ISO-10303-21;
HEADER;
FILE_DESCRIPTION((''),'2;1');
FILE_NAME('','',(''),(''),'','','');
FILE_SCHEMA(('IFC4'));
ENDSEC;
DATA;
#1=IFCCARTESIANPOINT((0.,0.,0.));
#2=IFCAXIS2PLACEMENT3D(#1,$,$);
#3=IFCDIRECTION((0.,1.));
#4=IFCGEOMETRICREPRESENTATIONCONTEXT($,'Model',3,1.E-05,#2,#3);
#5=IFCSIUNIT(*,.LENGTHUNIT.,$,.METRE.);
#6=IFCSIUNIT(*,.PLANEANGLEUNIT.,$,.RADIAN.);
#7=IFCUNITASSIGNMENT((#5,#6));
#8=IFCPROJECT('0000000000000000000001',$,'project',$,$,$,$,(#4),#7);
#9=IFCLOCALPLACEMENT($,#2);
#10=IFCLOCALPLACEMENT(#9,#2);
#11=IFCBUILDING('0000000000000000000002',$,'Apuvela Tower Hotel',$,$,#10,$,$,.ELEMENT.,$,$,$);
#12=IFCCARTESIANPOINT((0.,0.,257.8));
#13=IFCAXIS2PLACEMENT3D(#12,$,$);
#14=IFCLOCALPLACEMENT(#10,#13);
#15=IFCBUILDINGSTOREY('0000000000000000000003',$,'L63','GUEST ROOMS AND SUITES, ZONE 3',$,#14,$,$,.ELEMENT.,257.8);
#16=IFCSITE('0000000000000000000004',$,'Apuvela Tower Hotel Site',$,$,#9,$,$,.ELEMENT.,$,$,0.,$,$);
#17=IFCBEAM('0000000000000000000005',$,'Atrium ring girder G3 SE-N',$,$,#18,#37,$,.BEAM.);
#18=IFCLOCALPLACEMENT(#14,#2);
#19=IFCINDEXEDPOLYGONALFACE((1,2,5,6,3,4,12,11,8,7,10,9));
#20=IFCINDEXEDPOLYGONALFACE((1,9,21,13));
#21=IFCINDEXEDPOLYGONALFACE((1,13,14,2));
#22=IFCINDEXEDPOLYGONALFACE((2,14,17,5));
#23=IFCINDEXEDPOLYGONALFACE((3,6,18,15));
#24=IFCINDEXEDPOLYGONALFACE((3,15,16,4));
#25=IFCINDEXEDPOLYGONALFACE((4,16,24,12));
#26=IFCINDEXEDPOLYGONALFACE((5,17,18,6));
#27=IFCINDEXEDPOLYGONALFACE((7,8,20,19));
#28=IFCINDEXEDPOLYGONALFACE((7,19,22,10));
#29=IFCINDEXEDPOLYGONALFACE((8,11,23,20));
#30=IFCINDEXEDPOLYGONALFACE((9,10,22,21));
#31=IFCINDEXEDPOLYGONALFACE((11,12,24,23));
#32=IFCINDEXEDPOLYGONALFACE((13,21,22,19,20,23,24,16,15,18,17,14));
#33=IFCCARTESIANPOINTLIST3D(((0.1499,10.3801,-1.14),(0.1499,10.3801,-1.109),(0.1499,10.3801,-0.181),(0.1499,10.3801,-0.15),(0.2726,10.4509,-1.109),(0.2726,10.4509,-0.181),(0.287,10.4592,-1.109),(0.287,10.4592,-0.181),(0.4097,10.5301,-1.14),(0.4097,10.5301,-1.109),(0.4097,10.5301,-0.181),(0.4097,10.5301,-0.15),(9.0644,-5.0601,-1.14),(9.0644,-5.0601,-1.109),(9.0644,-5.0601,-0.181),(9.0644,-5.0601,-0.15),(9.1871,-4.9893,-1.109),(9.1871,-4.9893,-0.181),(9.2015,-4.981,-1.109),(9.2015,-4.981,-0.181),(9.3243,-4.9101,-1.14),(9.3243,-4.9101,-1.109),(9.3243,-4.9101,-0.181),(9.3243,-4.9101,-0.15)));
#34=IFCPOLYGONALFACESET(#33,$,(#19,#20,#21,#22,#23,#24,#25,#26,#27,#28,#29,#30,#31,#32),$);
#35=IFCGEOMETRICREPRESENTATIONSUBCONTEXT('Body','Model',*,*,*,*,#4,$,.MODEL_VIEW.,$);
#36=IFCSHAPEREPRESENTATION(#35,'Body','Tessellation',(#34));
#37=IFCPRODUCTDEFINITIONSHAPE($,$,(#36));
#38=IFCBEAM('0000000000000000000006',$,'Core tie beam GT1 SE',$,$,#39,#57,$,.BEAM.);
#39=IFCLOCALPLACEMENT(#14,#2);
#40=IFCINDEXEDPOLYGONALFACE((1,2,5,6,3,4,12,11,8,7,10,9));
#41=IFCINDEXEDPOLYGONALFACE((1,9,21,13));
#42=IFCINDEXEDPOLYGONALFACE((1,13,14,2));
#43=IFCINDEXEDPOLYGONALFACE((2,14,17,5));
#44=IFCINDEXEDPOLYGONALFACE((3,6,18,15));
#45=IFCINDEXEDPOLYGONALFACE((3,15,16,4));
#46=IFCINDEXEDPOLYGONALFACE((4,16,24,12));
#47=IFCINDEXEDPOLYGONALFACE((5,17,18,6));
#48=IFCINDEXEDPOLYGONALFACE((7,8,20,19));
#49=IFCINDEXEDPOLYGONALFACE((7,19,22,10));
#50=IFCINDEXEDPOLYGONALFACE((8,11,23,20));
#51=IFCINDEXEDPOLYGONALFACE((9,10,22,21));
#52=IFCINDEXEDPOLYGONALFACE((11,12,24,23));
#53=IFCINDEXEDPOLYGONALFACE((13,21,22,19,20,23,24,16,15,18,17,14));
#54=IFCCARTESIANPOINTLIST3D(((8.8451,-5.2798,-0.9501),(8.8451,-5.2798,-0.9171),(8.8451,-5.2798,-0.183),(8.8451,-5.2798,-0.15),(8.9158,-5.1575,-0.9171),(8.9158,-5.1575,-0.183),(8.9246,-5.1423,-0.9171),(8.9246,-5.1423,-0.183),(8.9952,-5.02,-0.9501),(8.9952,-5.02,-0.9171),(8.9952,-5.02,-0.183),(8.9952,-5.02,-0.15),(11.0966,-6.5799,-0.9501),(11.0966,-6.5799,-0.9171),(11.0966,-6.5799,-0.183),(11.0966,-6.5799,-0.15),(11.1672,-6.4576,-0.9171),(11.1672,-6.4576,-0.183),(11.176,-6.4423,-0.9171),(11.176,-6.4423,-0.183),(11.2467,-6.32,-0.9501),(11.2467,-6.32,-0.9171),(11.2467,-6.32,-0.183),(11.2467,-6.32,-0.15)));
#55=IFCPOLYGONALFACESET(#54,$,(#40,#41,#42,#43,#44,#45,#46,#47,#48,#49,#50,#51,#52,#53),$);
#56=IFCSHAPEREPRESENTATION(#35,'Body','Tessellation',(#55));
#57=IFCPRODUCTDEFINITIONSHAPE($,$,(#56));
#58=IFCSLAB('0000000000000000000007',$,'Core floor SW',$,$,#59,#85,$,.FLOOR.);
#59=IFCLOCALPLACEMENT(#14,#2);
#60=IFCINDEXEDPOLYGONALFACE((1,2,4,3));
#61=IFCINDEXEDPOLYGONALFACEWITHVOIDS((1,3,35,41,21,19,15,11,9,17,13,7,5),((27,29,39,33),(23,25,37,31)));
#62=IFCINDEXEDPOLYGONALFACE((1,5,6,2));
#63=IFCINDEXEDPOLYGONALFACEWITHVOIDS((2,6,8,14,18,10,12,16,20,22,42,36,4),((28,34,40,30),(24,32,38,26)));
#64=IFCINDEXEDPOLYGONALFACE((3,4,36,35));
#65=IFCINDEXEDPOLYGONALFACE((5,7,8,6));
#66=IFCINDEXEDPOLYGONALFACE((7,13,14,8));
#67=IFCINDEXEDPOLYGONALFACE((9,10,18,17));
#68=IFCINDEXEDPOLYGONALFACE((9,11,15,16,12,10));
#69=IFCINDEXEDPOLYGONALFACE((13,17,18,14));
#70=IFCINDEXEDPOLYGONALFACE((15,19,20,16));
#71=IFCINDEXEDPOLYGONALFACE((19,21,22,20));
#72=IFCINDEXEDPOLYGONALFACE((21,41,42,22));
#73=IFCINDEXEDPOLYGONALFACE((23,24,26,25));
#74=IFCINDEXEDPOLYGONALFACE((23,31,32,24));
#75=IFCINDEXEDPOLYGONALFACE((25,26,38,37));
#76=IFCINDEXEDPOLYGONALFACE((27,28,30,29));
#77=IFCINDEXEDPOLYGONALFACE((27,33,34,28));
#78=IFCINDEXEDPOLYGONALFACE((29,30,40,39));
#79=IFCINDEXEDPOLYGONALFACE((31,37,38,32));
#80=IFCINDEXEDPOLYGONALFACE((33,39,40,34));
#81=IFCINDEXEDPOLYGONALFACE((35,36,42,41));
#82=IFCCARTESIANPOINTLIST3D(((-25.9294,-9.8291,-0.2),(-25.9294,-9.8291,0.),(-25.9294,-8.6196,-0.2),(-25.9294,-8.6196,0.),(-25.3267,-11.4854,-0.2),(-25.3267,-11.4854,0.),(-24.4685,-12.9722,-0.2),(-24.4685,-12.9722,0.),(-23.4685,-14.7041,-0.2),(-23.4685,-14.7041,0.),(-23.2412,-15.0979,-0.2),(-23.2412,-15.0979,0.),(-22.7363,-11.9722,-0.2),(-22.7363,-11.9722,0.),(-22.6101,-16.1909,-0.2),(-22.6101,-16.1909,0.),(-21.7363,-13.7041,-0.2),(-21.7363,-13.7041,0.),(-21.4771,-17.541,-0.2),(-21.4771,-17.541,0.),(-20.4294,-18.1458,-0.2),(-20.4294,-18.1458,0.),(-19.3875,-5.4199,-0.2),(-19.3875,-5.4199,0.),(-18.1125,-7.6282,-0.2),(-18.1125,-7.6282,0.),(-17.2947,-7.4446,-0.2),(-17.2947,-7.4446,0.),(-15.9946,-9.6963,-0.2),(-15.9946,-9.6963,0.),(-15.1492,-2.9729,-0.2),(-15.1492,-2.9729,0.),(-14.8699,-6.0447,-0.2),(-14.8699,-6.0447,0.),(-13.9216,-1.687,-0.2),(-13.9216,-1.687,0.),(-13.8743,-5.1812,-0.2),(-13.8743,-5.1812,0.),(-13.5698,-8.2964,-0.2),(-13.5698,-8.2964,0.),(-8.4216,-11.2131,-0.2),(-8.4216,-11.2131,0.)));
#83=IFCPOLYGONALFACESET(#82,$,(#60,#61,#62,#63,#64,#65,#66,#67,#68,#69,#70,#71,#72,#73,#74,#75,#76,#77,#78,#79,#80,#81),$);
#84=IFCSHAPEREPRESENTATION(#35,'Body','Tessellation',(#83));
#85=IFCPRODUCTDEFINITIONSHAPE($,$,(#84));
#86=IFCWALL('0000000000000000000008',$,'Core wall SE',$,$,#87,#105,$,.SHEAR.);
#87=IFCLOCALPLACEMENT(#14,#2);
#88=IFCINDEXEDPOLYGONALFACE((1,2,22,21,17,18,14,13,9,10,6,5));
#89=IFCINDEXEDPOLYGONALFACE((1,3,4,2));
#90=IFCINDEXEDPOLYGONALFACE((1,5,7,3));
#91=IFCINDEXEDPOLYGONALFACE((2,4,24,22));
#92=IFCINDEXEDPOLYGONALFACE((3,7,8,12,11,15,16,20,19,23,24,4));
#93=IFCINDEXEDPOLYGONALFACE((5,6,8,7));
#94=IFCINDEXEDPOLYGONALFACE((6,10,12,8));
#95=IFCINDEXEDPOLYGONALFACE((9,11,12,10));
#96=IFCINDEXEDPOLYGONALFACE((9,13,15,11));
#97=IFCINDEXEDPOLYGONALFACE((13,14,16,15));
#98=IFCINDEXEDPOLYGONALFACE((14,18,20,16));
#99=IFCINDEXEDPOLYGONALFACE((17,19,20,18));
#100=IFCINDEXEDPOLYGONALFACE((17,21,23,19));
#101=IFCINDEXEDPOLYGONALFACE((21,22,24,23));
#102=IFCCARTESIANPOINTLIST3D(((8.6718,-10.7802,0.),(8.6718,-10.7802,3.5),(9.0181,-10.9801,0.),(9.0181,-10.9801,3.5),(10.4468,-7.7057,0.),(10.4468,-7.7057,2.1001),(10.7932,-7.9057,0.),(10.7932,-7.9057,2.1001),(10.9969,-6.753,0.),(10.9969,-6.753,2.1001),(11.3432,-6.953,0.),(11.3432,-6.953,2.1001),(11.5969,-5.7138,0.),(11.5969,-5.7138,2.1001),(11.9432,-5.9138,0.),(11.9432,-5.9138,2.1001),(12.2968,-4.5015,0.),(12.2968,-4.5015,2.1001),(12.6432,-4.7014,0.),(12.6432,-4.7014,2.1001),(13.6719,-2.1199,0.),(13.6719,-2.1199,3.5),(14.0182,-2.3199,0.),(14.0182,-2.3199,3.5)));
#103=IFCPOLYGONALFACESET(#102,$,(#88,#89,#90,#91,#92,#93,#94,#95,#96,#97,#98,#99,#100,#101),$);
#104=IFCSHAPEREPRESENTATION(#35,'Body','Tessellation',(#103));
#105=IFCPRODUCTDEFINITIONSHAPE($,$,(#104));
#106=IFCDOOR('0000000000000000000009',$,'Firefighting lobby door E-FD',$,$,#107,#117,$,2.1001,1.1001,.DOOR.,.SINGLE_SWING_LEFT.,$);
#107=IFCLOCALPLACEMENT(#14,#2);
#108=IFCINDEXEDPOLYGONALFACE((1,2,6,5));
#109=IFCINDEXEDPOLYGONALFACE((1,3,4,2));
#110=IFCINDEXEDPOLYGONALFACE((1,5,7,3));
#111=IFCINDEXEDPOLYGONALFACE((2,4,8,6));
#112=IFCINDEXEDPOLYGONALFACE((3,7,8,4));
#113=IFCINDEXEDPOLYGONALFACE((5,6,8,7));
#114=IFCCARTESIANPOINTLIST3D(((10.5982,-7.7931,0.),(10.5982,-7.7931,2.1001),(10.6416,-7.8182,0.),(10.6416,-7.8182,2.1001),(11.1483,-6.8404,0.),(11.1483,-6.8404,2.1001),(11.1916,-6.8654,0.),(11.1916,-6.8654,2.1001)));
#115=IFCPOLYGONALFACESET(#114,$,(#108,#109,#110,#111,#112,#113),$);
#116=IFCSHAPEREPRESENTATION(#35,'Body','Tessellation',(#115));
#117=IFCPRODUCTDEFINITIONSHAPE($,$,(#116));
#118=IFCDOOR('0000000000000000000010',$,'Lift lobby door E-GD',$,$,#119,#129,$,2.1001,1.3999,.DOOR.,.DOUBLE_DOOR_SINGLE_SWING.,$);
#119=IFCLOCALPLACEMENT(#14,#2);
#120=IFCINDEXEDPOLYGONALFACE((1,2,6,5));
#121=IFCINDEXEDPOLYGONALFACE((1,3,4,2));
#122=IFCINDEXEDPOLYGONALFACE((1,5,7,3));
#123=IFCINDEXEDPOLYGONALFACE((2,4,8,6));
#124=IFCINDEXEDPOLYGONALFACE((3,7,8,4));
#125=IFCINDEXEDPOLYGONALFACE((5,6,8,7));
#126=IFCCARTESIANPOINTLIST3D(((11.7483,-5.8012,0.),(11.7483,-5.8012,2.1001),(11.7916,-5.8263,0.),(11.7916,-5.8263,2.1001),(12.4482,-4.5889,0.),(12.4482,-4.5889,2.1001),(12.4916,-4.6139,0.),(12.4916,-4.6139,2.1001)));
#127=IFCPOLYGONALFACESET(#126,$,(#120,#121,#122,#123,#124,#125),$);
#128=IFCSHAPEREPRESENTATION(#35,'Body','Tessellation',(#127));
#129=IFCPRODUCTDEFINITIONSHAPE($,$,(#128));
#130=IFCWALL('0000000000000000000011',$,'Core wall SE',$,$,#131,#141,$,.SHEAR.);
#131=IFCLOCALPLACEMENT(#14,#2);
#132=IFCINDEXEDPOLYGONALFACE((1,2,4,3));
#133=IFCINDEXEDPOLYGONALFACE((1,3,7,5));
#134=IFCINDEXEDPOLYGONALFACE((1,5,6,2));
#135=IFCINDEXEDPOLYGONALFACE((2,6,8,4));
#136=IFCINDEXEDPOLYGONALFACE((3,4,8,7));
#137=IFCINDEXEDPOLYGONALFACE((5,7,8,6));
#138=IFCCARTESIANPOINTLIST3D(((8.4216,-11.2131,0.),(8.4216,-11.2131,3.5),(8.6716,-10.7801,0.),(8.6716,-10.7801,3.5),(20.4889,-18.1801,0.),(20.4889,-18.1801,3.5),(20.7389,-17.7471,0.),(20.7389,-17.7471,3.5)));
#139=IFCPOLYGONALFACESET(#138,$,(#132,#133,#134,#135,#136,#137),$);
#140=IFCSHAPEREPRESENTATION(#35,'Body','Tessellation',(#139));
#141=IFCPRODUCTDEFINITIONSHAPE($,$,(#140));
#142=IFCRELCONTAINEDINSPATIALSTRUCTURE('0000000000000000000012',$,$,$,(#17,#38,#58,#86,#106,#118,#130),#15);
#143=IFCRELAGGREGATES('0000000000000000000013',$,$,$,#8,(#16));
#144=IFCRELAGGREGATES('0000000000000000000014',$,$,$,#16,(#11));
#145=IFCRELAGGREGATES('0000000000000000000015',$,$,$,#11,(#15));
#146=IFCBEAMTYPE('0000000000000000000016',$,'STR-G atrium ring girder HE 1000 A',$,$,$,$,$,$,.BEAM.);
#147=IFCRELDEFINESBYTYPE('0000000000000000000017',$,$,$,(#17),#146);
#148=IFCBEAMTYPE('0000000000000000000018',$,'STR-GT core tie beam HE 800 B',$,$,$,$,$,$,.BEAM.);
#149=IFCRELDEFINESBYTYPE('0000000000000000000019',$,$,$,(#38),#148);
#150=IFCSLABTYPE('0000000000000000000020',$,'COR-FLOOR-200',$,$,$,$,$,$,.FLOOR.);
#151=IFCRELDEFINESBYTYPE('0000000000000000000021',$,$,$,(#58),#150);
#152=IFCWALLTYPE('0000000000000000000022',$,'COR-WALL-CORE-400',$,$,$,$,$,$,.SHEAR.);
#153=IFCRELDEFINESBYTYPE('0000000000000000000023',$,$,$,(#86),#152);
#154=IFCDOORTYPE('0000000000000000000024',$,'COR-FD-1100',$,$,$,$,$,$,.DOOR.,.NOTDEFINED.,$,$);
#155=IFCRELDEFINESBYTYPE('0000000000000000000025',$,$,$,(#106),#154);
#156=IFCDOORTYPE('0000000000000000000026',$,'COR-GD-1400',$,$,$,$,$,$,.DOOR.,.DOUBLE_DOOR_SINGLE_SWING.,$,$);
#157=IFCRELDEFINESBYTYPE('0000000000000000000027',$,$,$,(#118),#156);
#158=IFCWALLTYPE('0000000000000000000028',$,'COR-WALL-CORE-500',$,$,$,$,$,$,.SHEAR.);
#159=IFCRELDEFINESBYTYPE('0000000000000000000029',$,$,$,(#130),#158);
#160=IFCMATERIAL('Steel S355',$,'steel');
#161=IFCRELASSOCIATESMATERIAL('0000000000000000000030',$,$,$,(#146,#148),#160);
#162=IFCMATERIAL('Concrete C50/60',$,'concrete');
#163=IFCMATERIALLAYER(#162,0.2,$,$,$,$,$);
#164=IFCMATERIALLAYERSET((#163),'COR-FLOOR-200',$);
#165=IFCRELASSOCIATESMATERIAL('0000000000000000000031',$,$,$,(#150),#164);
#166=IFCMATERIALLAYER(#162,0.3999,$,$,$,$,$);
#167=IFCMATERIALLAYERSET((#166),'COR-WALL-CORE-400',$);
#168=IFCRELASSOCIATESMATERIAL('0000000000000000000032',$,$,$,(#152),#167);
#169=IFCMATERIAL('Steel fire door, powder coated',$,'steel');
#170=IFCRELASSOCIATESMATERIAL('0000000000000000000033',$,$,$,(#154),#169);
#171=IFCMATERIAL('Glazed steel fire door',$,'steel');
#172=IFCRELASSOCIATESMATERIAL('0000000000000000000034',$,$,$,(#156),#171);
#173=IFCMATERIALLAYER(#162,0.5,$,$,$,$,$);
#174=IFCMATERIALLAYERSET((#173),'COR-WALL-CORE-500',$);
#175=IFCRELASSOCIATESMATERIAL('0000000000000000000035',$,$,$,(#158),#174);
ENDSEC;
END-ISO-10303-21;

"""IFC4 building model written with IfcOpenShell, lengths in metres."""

from ifc_helpers import new_model, si_unit, direction, frame, frame_2d, origin, origin_2d, place, context, subcontext, project, spatial, polyline, rectangle, i_section, outline, extrude, material, layer, layer_set, material_profile, profile_set, type_object, element, fill, save


model = new_model("IFC4")

# Units and contexts
model_context = context("Model", 3, precision=1e-05, world=origin(), true_north=direction((0.0, 1.0)))
body_context = subcontext(model_context, "Body", "Model", "MODEL_VIEW")
ifc_project = project(units=[si_unit("LENGTHUNIT", "METRE"), si_unit("PLANEANGLEUNIT", "RADIAN")], contexts=[model_context])

# Site, building, storey
site_placement = place(None, origin())
site = spatial("IfcSite", under=ifc_project, at=site_placement, Name="Apuvela Tower Hotel Site", CompositionType="ELEMENT", RefElevation=0.0)
building_placement = place(site_placement, origin())
building = spatial("IfcBuilding", under=site, at=building_placement, Name="Apuvela Tower Hotel", CompositionType="ELEMENT")
storey_placement = place(building_placement, frame((0.0, 0.0, 257.8)))
storey = spatial("IfcBuildingStorey", under=building, at=storey_placement, Name="L63", Description="GUEST ROOMS AND SUITES, ZONE 3", CompositionType="ELEMENT", Elevation=257.8)

# Beams
ifc_material_1 = material(Name="Steel S355", Category="steel")
ifc_material_profile_1 = material_profile(ifc_material_1, i_section(OverallWidth=0.3, OverallDepth=0.99, WebThickness=0.0166, FlangeThickness=0.031, at=origin_2d()), Name="HE 1000 A")
ifc_profile_set_1 = profile_set([ifc_material_profile_1], Name="Steel S355")
beam_type_1 = type_object("IfcBeamType", Name="STR-G atrium ring girder HE 1000 A", PredefinedType="BEAM", material=ifc_profile_set_1)
beam_1_placement = place(storey_placement, frame((9.1943, -4.9851, -0.645), z_axis=(-0.500007, 0.866022, 0.0), x_axis=(-0.866022, -0.500007, 0.0)))
element("IfcBeam", 1, at=beam_1_placement, inside=storey, type_object=beam_type_1, Name="Atrium ring girder G3 SE-N", PredefinedType="BEAM", context=body_context, shape_type="SweptSolid", body=[
    extrude(i_section(OverallWidth=0.3, OverallDepth=0.99, WebThickness=0.0166, FlangeThickness=0.031, at=origin_2d()), origin(), (0.0, 0.0, 1.0), 17.8289),
])
ifc_material_profile_2 = material_profile(ifc_material_1, i_section(OverallWidth=0.3, OverallDepth=0.8, WebThickness=0.0176, FlangeThickness=0.033, at=origin_2d()), Name="HE 800 B")
ifc_profile_set_2 = profile_set([ifc_material_profile_2], Name="Steel S355")
beam_type_2 = type_object("IfcBeamType", Name="STR-GT core tie beam HE 800 B", PredefinedType="BEAM", material=ifc_profile_set_2)
beam_2_placement = place(storey_placement, frame((11.1716, -6.45, -0.55), z_axis=(-0.865998, 0.500048, 0.0), x_axis=(-0.500048, -0.865998, 0.0)))
element("IfcBeam", 2, at=beam_2_placement, inside=storey, type_object=beam_type_2, Name="Core tie beam GT1 SE", PredefinedType="BEAM", context=body_context, shape_type="SweptSolid", body=[
    extrude(i_section(OverallWidth=0.3, OverallDepth=0.8, WebThickness=0.0176, FlangeThickness=0.033, at=origin_2d()), origin(), (0.0, 0.0, 1.0), 2.5999),
])

# Slab
ifc_material_2 = material(Name="Concrete C50/60", Category="concrete")
ifc_layer_1 = layer(ifc_material_2, 0.2)
ifc_layer_set_1 = layer_set([ifc_layer_1], Name="COR-FLOOR-200")
slab_type = type_object("IfcSlabType", Name="COR-FLOOR-200", PredefinedType="FLOOR", material=ifc_layer_set_1)
slab_placement = place(storey_placement, frame((0.0, 0.0, -0.2)))
element("IfcSlab", 3, at=slab_placement, inside=storey, type_object=slab_type, Name="Core floor SW", PredefinedType="FLOOR", context=body_context, shape_type="SweptSolid", body=[
    extrude(outline(polyline([(-25.9294, -8.6196), (-25.9294, -9.8291), (-25.3267, -11.4854), (-24.4685, -12.9722), (-22.7363, -11.9722), (-21.7363, -13.7041), (-23.4685, -14.7041), (-23.2412, -15.0979), (-22.6101, -16.1909), (-21.4771, -17.541), (-20.4294, -18.1458), (-8.4216, -11.2131), (-13.9216, -1.687), (-25.9294, -8.6196)]), holes=[polyline([(-13.8743, -5.1812), (-18.1125, -7.6282), (-19.3875, -5.4199), (-15.1492, -2.9729), (-13.8743, -5.1812)]), polyline([(-13.5698, -8.2964), (-15.9946, -9.6963), (-17.2947, -7.4446), (-14.8699, -6.0447), (-13.5698, -8.2964)])]), origin(), (0.0, 0.0, 1.0), 0.2),
])

# Wall, openings, doors
ifc_layer_2 = layer(ifc_material_2, 0.3999)
ifc_layer_set_2 = layer_set([ifc_layer_2], Name="COR-WALL-CORE-400")
wall_type_1 = type_object("IfcWallType", Name="COR-WALL-CORE-400", PredefinedType="SHEAR", material=ifc_layer_set_2)
wall_1_placement = place(storey_placement, frame((8.845, -10.8801, 0.0), z_axis=(0.0, 0.0, 1.0), x_axis=(0.500004, 0.866023, 0.0)))
wall_1 = element("IfcWall", 4, at=wall_1_placement, inside=storey, type_object=wall_type_1, Name="Core wall SE", PredefinedType="SHEAR", context=body_context, shape_type="SweptSolid", body=[
    extrude(rectangle(XDim=10.0, YDim=0.3999, at=frame_2d((5.0, 0.0))), origin(), (0.0, 0.0, 1.0), 3.5),
])
opening_1_placement = place(wall_1_placement, frame((3.55, 0.0, 0.0)))
opening_1 = element("IfcOpeningElement", 5, at=opening_1_placement, cuts=wall_1, PredefinedType="OPENING", context=body_context, shape_type="SweptSolid", body=[
    extrude(rectangle(XDim=1.1001, YDim=2.1001, at=frame_2d((0.55, 1.05))), frame((0.0, 0.21, 0.0), z_axis=(0.0, -1.0, 0.0), x_axis=(1.0, 0.0, 0.0)), (0.0, 0.0, 1.0), 0.4199),
])
opening_2_placement = place(wall_1_placement, frame((5.8501, 0.0, 0.0)))
opening_2 = element("IfcOpeningElement", 6, at=opening_2_placement, cuts=wall_1, PredefinedType="OPENING", context=body_context, shape_type="SweptSolid", body=[
    extrude(rectangle(XDim=1.3999, YDim=2.1001, at=frame_2d((0.7, 1.05))), frame((0.0, 0.21, 0.0), z_axis=(0.0, -1.0, 0.0), x_axis=(1.0, 0.0, 0.0)), (0.0, 0.0, 1.0), 0.4199),
])
ifc_material_3 = material(Name="Steel fire door, powder coated", Category="steel")
door_type_1 = type_object("IfcDoorType", Name="COR-FD-1100", OperationType="NOTDEFINED", PredefinedType="DOOR", material=ifc_material_3)
door_1_placement = place(opening_1_placement, frame((1.1001, 0.0, 0.0), z_axis=(0.0, 0.0, 1.0), x_axis=(-1.0, 0.0, 0.0)))
door_1 = element("IfcDoor", 7, at=door_1_placement, inside=storey, type_object=door_type_1, Name="Firefighting lobby door E-FD", OperationType="SINGLE_SWING_LEFT", OverallHeight=2.1001, OverallWidth=1.1001, PredefinedType="DOOR", context=body_context, shape_type="SweptSolid", body=[
    extrude(rectangle(XDim=1.1001, YDim=2.1001, at=frame_2d((0.55, 1.05))), frame((0.0, 0.0249, 0.0), z_axis=(0.0, -1.0, 0.0), x_axis=(1.0, 0.0, 0.0)), (0.0, 0.0, 1.0), 0.05),
])
fill(opening_1, door_1)
ifc_material_4 = material(Name="Glazed steel fire door", Category="steel")
door_type_2 = type_object("IfcDoorType", Name="COR-GD-1400", OperationType="DOUBLE_DOOR_SINGLE_SWING", PredefinedType="DOOR", material=ifc_material_4)
door_2_placement = place(opening_2_placement, frame((1.3999, 0.0, 0.0), z_axis=(0.0, 0.0, 1.0), x_axis=(-1.0, 0.0, 0.0)))
door_2 = element("IfcDoor", 8, at=door_2_placement, inside=storey, type_object=door_type_2, Name="Lift lobby door E-GD", OperationType="DOUBLE_DOOR_SINGLE_SWING", OverallHeight=2.1001, OverallWidth=1.3999, PredefinedType="DOOR", context=body_context, shape_type="SweptSolid", body=[
    extrude(rectangle(XDim=1.3999, YDim=2.1001, at=frame_2d((0.7, 1.05))), frame((0.0, 0.0249, 0.0), z_axis=(0.0, -1.0, 0.0), x_axis=(1.0, 0.0, 0.0)), (0.0, 0.0, 1.0), 0.05),
])
fill(opening_2, door_2)

# Wall
ifc_layer_3 = layer(ifc_material_2, 0.5)
ifc_layer_set_3 = layer_set([ifc_layer_3], Name="COR-WALL-CORE-500")
wall_type_2 = type_object("IfcWallType", Name="COR-WALL-CORE-500", PredefinedType="SHEAR", material=ifc_layer_set_3)
wall_2_placement = place(storey_placement, frame((8.5466, -10.9966, 0.0), z_axis=(0.0, 0.0, 1.0), x_axis=(0.866027, -0.499996, 0.0)))
element("IfcWall", 9, at=wall_2_placement, inside=storey, type_object=wall_type_2, Name="Core wall SE", PredefinedType="SHEAR", context=body_context, shape_type="SweptSolid", body=[
    extrude(rectangle(XDim=13.9341, YDim=0.5, at=frame_2d((6.967, 0.0))), origin(), (0.0, 0.0, 1.0), 3.5),
])

save(model, "model.ifc")
